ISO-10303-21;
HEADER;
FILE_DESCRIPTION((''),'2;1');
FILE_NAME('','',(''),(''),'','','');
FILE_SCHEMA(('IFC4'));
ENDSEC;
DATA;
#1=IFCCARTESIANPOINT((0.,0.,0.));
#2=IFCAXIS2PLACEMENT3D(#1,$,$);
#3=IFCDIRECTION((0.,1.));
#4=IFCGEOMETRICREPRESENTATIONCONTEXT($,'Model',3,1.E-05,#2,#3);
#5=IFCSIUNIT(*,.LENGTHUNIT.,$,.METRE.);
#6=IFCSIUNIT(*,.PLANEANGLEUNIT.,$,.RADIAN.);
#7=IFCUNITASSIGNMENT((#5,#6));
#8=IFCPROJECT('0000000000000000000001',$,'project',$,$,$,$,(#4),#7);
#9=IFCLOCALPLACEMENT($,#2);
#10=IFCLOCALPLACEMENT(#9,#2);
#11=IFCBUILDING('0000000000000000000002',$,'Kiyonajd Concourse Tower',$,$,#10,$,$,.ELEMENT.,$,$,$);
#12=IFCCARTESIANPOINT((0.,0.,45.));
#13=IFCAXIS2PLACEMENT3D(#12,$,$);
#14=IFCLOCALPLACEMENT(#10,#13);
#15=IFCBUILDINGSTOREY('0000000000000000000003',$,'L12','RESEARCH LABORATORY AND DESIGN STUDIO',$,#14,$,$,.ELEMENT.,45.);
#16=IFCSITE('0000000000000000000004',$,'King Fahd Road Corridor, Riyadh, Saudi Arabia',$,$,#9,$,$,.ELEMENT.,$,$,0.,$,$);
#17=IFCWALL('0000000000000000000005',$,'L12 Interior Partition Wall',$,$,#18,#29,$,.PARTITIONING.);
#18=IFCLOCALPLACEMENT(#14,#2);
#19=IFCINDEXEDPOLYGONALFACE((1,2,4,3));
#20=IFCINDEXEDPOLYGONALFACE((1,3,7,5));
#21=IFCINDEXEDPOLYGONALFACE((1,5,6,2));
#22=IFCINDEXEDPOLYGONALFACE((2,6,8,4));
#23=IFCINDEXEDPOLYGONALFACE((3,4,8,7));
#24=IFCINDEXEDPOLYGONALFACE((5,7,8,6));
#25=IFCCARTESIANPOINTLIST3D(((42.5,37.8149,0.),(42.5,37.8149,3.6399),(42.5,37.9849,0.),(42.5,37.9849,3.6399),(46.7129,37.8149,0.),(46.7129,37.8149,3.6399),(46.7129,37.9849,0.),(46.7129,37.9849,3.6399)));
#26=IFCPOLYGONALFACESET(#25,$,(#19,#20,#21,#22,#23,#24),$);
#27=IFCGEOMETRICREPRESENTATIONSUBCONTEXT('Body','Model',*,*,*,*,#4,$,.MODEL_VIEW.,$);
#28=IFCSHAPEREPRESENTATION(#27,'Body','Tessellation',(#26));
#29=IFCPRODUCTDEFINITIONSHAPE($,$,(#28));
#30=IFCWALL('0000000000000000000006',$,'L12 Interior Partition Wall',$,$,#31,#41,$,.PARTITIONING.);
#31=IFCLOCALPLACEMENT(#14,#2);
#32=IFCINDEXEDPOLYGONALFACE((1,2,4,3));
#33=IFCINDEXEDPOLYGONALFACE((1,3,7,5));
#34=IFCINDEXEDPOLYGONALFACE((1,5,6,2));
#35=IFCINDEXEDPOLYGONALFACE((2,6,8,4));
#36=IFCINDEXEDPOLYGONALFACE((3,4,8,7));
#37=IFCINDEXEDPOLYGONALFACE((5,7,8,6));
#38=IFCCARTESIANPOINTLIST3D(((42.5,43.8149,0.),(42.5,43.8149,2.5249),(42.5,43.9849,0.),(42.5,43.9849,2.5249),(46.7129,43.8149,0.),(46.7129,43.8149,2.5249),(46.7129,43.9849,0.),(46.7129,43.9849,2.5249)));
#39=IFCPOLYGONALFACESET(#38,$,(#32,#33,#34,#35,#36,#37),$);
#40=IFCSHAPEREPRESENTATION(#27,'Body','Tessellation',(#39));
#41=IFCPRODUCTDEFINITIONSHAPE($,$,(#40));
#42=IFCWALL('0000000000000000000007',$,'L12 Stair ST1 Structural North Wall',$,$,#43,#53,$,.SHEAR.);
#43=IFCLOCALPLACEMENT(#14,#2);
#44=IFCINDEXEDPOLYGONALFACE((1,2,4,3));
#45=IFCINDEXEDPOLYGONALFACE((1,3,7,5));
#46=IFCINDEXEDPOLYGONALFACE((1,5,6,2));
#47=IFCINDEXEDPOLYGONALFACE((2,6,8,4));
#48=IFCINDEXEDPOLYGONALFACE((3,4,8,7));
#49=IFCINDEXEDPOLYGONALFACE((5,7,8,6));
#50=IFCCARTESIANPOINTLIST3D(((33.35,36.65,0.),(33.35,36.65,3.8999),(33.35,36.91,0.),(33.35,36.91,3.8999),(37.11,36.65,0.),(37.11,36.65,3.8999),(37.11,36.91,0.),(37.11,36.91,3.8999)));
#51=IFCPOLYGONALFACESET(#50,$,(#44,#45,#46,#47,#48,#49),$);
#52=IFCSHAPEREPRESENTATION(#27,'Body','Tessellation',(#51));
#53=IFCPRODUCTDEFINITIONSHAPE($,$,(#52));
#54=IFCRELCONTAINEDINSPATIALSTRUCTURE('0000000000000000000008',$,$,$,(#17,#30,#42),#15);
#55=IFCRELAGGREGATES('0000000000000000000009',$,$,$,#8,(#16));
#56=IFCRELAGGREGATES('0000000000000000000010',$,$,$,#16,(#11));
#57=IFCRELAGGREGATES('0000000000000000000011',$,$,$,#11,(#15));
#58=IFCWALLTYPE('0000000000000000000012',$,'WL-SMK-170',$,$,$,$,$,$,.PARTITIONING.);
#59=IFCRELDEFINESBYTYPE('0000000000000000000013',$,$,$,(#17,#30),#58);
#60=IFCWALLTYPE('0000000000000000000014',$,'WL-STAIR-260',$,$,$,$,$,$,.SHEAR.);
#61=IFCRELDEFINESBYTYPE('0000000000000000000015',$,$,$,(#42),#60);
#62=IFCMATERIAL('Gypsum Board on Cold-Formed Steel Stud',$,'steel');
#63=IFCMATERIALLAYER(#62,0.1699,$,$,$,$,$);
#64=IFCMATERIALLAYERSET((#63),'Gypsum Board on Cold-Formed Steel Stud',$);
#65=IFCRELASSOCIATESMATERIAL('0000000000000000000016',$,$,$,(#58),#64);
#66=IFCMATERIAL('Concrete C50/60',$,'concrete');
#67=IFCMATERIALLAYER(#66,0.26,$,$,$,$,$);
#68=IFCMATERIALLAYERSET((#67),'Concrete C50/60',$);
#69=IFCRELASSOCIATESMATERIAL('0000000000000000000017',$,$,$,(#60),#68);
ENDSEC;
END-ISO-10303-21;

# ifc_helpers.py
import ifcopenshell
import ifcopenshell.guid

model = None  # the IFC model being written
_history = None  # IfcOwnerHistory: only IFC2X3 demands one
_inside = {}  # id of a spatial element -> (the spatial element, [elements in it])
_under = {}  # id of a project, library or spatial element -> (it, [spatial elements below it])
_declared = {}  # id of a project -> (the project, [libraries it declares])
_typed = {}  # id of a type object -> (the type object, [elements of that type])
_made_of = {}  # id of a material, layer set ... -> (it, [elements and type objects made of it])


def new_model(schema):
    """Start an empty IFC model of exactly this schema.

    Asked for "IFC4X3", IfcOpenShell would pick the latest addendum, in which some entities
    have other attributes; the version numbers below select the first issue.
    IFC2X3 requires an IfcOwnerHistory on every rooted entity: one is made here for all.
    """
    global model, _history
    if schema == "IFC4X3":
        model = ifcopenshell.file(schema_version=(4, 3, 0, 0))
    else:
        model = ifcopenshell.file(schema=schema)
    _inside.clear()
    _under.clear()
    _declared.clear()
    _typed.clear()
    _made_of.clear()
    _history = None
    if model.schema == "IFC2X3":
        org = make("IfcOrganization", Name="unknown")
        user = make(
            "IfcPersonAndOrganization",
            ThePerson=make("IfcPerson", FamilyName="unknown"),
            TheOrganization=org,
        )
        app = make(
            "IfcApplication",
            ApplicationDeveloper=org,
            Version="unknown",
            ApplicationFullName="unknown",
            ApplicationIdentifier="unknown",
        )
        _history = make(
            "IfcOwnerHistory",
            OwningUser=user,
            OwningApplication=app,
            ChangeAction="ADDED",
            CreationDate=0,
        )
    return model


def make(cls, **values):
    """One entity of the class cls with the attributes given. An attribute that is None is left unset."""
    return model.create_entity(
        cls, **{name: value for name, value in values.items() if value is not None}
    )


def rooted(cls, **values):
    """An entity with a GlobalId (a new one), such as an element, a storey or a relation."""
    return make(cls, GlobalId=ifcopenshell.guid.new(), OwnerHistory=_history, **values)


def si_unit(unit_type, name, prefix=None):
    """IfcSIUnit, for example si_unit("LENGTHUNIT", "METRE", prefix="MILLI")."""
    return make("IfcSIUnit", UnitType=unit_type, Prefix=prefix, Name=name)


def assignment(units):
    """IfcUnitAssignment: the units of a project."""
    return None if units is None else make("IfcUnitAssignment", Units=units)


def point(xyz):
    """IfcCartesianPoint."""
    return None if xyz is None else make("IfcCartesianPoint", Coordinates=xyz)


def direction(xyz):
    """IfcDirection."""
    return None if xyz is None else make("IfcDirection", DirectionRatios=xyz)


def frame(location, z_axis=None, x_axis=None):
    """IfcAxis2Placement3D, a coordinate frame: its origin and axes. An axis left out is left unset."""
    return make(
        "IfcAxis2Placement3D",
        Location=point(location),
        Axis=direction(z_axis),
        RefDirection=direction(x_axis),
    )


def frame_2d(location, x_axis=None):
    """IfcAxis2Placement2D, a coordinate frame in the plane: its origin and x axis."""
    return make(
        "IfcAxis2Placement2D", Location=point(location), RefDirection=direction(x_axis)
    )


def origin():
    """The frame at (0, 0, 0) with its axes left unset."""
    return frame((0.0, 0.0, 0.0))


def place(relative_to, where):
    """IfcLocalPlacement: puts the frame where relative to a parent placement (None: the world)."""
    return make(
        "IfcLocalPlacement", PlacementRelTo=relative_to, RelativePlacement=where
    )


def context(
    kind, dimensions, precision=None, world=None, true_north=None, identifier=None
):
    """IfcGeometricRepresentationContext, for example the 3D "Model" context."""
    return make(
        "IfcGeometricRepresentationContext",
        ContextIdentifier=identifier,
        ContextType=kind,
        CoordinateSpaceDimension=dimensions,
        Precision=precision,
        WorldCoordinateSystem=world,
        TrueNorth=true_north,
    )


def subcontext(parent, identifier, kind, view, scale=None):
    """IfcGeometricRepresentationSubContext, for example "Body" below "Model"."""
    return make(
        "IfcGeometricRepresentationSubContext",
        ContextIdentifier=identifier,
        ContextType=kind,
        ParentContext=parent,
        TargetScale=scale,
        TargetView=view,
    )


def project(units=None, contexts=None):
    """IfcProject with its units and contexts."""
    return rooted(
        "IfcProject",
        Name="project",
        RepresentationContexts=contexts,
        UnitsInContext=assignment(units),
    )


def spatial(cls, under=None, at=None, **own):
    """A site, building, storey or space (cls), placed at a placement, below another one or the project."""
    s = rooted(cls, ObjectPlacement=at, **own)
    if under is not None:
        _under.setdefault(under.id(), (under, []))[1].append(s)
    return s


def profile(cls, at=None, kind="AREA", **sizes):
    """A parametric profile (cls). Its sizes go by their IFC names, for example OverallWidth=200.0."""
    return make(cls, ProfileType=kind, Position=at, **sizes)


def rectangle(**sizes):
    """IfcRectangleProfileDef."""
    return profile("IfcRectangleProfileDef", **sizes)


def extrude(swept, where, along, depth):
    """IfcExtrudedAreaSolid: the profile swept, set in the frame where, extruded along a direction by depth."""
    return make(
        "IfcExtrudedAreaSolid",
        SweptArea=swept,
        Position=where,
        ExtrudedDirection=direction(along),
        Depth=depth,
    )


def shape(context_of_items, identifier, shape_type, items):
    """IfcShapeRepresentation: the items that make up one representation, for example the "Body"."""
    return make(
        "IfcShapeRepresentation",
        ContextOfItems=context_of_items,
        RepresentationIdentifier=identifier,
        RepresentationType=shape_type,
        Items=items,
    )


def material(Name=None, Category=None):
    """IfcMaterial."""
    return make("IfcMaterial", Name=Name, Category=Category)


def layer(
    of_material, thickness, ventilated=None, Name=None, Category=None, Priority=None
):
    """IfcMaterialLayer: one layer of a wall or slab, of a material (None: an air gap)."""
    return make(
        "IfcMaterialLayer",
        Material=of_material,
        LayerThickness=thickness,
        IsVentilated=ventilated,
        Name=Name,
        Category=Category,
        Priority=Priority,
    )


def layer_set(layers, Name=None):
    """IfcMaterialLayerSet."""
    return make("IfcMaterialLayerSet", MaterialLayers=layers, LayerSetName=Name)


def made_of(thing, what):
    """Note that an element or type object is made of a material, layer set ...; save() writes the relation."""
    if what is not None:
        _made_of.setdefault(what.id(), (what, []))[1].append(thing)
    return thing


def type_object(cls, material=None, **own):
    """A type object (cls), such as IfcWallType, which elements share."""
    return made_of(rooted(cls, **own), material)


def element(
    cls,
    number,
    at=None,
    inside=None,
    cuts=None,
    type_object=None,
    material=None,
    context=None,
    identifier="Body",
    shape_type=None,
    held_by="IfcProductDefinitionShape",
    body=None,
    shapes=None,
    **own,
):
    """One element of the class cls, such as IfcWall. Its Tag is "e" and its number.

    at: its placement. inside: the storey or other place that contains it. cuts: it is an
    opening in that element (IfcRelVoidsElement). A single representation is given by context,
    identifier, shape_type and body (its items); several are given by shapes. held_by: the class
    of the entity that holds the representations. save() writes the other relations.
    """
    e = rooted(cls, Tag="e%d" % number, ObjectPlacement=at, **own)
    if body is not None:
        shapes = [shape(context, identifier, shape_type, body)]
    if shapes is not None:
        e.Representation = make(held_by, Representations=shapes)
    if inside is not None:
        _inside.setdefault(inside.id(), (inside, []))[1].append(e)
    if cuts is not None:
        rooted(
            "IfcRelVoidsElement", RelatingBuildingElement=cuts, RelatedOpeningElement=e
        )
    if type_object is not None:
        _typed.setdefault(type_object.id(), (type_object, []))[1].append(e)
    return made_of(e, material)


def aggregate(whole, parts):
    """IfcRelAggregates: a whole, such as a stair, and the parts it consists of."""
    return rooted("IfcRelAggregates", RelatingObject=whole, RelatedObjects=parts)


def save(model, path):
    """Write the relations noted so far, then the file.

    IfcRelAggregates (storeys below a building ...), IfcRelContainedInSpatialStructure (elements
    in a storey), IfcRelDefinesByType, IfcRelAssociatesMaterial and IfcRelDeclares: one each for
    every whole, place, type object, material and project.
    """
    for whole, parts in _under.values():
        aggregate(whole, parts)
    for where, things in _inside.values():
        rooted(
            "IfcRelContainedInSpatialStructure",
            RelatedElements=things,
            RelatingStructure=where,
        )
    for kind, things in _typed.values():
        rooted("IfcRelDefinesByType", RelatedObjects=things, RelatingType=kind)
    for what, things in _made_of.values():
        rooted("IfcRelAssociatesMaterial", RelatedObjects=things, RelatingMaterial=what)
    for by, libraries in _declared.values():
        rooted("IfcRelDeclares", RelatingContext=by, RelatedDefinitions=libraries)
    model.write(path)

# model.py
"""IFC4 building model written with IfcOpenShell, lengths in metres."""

from ifc_helpers import new_model, si_unit, direction, frame, frame_2d, origin, place, context, subcontext, project, spatial, rectangle, extrude, material, layer, layer_set, type_object, element, save


model = new_model("IFC4")

# Units and contexts
model_context = context("Model", 3, precision=1e-05, world=origin(), true_north=direction((0.0, 1.0)))
body_context = subcontext(model_context, "Body", "Model", "MODEL_VIEW")
ifc_project = project(units=[si_unit("LENGTHUNIT", "METRE"), si_unit("PLANEANGLEUNIT", "RADIAN")], contexts=[model_context])

# Site, building, storey
site_placement = place(None, origin())
site = spatial("IfcSite", under=ifc_project, at=site_placement, Name="King Fahd Road Corridor, Riyadh, Saudi Arabia", CompositionType="ELEMENT", RefElevation=0.0)
building_placement = place(site_placement, origin())
building = spatial("IfcBuilding", under=site, at=building_placement, Name="Kiyonajd Concourse Tower", CompositionType="ELEMENT")
storey_placement = place(building_placement, frame((0.0, 0.0, 45.0)))
storey = spatial("IfcBuildingStorey", under=building, at=storey_placement, Name="L12", Description="RESEARCH LABORATORY AND DESIGN STUDIO", CompositionType="ELEMENT", Elevation=45.0)

# Shared definitions
ifc_material_1 = material(Name="Gypsum Board on Cold-Formed Steel Stud", Category="steel")

# Walls
ifc_layer_1 = layer(ifc_material_1, 0.1699)
ifc_layer_set_1 = layer_set([ifc_layer_1], Name="Gypsum Board on Cold-Formed Steel Stud")
wall_type_1 = type_object("IfcWallType", Name="WL-SMK-170", PredefinedType="PARTITIONING", material=ifc_layer_set_1)
wall_1_placement = place(storey_placement, frame((42.5, 37.8999, 0.0), z_axis=(0.0, 0.0, 1.0), x_axis=(1.0, 0.0, 0.0)))
element("IfcWall", 1, at=wall_1_placement, inside=storey, type_object=wall_type_1, Name="L12 Interior Partition Wall", PredefinedType="PARTITIONING", context=body_context, shape_type="SweptSolid", body=[
    extrude(rectangle(XDim=4.2129, YDim=0.1699, at=frame_2d((2.1064, 0.0))), origin(), (0.0, 0.0, 1.0), 3.6399),
])
wall_2_placement = place(storey_placement, frame((42.5, 43.8999, 0.0), z_axis=(0.0, 0.0, 1.0), x_axis=(1.0, 0.0, 0.0)))
element("IfcWall", 2, at=wall_2_placement, inside=storey, type_object=wall_type_1, Name="L12 Interior Partition Wall", PredefinedType="PARTITIONING", context=body_context, shape_type="SweptSolid", body=[
    extrude(rectangle(XDim=4.2129, YDim=0.1699, at=frame_2d((2.1064, 0.0))), origin(), (0.0, 0.0, 1.0), 2.5249),
])
ifc_material_2 = material(Name="Concrete C50/60", Category="concrete")
ifc_layer_2 = layer(ifc_material_2, 0.26)
ifc_layer_set_2 = layer_set([ifc_layer_2], Name="Concrete C50/60")
wall_type_2 = type_object("IfcWallType", Name="WL-STAIR-260", PredefinedType="SHEAR", material=ifc_layer_set_2)
wall_3_placement = place(storey_placement, frame((33.3501, 36.78, 0.0), z_axis=(0.0, 0.0, 1.0), x_axis=(1.0, 0.0, 0.0)))
element("IfcWall", 3, at=wall_3_placement, inside=storey, type_object=wall_type_2, Name="L12 Stair ST1 Structural North Wall", PredefinedType="SHEAR", context=body_context, shape_type="SweptSolid", body=[
    extrude(rectangle(XDim=3.76, YDim=0.26, at=frame_2d((1.8799, 0.0))), origin(), (0.0, 0.0, 1.0), 3.8999),
])

save(model, "model.ifc")
